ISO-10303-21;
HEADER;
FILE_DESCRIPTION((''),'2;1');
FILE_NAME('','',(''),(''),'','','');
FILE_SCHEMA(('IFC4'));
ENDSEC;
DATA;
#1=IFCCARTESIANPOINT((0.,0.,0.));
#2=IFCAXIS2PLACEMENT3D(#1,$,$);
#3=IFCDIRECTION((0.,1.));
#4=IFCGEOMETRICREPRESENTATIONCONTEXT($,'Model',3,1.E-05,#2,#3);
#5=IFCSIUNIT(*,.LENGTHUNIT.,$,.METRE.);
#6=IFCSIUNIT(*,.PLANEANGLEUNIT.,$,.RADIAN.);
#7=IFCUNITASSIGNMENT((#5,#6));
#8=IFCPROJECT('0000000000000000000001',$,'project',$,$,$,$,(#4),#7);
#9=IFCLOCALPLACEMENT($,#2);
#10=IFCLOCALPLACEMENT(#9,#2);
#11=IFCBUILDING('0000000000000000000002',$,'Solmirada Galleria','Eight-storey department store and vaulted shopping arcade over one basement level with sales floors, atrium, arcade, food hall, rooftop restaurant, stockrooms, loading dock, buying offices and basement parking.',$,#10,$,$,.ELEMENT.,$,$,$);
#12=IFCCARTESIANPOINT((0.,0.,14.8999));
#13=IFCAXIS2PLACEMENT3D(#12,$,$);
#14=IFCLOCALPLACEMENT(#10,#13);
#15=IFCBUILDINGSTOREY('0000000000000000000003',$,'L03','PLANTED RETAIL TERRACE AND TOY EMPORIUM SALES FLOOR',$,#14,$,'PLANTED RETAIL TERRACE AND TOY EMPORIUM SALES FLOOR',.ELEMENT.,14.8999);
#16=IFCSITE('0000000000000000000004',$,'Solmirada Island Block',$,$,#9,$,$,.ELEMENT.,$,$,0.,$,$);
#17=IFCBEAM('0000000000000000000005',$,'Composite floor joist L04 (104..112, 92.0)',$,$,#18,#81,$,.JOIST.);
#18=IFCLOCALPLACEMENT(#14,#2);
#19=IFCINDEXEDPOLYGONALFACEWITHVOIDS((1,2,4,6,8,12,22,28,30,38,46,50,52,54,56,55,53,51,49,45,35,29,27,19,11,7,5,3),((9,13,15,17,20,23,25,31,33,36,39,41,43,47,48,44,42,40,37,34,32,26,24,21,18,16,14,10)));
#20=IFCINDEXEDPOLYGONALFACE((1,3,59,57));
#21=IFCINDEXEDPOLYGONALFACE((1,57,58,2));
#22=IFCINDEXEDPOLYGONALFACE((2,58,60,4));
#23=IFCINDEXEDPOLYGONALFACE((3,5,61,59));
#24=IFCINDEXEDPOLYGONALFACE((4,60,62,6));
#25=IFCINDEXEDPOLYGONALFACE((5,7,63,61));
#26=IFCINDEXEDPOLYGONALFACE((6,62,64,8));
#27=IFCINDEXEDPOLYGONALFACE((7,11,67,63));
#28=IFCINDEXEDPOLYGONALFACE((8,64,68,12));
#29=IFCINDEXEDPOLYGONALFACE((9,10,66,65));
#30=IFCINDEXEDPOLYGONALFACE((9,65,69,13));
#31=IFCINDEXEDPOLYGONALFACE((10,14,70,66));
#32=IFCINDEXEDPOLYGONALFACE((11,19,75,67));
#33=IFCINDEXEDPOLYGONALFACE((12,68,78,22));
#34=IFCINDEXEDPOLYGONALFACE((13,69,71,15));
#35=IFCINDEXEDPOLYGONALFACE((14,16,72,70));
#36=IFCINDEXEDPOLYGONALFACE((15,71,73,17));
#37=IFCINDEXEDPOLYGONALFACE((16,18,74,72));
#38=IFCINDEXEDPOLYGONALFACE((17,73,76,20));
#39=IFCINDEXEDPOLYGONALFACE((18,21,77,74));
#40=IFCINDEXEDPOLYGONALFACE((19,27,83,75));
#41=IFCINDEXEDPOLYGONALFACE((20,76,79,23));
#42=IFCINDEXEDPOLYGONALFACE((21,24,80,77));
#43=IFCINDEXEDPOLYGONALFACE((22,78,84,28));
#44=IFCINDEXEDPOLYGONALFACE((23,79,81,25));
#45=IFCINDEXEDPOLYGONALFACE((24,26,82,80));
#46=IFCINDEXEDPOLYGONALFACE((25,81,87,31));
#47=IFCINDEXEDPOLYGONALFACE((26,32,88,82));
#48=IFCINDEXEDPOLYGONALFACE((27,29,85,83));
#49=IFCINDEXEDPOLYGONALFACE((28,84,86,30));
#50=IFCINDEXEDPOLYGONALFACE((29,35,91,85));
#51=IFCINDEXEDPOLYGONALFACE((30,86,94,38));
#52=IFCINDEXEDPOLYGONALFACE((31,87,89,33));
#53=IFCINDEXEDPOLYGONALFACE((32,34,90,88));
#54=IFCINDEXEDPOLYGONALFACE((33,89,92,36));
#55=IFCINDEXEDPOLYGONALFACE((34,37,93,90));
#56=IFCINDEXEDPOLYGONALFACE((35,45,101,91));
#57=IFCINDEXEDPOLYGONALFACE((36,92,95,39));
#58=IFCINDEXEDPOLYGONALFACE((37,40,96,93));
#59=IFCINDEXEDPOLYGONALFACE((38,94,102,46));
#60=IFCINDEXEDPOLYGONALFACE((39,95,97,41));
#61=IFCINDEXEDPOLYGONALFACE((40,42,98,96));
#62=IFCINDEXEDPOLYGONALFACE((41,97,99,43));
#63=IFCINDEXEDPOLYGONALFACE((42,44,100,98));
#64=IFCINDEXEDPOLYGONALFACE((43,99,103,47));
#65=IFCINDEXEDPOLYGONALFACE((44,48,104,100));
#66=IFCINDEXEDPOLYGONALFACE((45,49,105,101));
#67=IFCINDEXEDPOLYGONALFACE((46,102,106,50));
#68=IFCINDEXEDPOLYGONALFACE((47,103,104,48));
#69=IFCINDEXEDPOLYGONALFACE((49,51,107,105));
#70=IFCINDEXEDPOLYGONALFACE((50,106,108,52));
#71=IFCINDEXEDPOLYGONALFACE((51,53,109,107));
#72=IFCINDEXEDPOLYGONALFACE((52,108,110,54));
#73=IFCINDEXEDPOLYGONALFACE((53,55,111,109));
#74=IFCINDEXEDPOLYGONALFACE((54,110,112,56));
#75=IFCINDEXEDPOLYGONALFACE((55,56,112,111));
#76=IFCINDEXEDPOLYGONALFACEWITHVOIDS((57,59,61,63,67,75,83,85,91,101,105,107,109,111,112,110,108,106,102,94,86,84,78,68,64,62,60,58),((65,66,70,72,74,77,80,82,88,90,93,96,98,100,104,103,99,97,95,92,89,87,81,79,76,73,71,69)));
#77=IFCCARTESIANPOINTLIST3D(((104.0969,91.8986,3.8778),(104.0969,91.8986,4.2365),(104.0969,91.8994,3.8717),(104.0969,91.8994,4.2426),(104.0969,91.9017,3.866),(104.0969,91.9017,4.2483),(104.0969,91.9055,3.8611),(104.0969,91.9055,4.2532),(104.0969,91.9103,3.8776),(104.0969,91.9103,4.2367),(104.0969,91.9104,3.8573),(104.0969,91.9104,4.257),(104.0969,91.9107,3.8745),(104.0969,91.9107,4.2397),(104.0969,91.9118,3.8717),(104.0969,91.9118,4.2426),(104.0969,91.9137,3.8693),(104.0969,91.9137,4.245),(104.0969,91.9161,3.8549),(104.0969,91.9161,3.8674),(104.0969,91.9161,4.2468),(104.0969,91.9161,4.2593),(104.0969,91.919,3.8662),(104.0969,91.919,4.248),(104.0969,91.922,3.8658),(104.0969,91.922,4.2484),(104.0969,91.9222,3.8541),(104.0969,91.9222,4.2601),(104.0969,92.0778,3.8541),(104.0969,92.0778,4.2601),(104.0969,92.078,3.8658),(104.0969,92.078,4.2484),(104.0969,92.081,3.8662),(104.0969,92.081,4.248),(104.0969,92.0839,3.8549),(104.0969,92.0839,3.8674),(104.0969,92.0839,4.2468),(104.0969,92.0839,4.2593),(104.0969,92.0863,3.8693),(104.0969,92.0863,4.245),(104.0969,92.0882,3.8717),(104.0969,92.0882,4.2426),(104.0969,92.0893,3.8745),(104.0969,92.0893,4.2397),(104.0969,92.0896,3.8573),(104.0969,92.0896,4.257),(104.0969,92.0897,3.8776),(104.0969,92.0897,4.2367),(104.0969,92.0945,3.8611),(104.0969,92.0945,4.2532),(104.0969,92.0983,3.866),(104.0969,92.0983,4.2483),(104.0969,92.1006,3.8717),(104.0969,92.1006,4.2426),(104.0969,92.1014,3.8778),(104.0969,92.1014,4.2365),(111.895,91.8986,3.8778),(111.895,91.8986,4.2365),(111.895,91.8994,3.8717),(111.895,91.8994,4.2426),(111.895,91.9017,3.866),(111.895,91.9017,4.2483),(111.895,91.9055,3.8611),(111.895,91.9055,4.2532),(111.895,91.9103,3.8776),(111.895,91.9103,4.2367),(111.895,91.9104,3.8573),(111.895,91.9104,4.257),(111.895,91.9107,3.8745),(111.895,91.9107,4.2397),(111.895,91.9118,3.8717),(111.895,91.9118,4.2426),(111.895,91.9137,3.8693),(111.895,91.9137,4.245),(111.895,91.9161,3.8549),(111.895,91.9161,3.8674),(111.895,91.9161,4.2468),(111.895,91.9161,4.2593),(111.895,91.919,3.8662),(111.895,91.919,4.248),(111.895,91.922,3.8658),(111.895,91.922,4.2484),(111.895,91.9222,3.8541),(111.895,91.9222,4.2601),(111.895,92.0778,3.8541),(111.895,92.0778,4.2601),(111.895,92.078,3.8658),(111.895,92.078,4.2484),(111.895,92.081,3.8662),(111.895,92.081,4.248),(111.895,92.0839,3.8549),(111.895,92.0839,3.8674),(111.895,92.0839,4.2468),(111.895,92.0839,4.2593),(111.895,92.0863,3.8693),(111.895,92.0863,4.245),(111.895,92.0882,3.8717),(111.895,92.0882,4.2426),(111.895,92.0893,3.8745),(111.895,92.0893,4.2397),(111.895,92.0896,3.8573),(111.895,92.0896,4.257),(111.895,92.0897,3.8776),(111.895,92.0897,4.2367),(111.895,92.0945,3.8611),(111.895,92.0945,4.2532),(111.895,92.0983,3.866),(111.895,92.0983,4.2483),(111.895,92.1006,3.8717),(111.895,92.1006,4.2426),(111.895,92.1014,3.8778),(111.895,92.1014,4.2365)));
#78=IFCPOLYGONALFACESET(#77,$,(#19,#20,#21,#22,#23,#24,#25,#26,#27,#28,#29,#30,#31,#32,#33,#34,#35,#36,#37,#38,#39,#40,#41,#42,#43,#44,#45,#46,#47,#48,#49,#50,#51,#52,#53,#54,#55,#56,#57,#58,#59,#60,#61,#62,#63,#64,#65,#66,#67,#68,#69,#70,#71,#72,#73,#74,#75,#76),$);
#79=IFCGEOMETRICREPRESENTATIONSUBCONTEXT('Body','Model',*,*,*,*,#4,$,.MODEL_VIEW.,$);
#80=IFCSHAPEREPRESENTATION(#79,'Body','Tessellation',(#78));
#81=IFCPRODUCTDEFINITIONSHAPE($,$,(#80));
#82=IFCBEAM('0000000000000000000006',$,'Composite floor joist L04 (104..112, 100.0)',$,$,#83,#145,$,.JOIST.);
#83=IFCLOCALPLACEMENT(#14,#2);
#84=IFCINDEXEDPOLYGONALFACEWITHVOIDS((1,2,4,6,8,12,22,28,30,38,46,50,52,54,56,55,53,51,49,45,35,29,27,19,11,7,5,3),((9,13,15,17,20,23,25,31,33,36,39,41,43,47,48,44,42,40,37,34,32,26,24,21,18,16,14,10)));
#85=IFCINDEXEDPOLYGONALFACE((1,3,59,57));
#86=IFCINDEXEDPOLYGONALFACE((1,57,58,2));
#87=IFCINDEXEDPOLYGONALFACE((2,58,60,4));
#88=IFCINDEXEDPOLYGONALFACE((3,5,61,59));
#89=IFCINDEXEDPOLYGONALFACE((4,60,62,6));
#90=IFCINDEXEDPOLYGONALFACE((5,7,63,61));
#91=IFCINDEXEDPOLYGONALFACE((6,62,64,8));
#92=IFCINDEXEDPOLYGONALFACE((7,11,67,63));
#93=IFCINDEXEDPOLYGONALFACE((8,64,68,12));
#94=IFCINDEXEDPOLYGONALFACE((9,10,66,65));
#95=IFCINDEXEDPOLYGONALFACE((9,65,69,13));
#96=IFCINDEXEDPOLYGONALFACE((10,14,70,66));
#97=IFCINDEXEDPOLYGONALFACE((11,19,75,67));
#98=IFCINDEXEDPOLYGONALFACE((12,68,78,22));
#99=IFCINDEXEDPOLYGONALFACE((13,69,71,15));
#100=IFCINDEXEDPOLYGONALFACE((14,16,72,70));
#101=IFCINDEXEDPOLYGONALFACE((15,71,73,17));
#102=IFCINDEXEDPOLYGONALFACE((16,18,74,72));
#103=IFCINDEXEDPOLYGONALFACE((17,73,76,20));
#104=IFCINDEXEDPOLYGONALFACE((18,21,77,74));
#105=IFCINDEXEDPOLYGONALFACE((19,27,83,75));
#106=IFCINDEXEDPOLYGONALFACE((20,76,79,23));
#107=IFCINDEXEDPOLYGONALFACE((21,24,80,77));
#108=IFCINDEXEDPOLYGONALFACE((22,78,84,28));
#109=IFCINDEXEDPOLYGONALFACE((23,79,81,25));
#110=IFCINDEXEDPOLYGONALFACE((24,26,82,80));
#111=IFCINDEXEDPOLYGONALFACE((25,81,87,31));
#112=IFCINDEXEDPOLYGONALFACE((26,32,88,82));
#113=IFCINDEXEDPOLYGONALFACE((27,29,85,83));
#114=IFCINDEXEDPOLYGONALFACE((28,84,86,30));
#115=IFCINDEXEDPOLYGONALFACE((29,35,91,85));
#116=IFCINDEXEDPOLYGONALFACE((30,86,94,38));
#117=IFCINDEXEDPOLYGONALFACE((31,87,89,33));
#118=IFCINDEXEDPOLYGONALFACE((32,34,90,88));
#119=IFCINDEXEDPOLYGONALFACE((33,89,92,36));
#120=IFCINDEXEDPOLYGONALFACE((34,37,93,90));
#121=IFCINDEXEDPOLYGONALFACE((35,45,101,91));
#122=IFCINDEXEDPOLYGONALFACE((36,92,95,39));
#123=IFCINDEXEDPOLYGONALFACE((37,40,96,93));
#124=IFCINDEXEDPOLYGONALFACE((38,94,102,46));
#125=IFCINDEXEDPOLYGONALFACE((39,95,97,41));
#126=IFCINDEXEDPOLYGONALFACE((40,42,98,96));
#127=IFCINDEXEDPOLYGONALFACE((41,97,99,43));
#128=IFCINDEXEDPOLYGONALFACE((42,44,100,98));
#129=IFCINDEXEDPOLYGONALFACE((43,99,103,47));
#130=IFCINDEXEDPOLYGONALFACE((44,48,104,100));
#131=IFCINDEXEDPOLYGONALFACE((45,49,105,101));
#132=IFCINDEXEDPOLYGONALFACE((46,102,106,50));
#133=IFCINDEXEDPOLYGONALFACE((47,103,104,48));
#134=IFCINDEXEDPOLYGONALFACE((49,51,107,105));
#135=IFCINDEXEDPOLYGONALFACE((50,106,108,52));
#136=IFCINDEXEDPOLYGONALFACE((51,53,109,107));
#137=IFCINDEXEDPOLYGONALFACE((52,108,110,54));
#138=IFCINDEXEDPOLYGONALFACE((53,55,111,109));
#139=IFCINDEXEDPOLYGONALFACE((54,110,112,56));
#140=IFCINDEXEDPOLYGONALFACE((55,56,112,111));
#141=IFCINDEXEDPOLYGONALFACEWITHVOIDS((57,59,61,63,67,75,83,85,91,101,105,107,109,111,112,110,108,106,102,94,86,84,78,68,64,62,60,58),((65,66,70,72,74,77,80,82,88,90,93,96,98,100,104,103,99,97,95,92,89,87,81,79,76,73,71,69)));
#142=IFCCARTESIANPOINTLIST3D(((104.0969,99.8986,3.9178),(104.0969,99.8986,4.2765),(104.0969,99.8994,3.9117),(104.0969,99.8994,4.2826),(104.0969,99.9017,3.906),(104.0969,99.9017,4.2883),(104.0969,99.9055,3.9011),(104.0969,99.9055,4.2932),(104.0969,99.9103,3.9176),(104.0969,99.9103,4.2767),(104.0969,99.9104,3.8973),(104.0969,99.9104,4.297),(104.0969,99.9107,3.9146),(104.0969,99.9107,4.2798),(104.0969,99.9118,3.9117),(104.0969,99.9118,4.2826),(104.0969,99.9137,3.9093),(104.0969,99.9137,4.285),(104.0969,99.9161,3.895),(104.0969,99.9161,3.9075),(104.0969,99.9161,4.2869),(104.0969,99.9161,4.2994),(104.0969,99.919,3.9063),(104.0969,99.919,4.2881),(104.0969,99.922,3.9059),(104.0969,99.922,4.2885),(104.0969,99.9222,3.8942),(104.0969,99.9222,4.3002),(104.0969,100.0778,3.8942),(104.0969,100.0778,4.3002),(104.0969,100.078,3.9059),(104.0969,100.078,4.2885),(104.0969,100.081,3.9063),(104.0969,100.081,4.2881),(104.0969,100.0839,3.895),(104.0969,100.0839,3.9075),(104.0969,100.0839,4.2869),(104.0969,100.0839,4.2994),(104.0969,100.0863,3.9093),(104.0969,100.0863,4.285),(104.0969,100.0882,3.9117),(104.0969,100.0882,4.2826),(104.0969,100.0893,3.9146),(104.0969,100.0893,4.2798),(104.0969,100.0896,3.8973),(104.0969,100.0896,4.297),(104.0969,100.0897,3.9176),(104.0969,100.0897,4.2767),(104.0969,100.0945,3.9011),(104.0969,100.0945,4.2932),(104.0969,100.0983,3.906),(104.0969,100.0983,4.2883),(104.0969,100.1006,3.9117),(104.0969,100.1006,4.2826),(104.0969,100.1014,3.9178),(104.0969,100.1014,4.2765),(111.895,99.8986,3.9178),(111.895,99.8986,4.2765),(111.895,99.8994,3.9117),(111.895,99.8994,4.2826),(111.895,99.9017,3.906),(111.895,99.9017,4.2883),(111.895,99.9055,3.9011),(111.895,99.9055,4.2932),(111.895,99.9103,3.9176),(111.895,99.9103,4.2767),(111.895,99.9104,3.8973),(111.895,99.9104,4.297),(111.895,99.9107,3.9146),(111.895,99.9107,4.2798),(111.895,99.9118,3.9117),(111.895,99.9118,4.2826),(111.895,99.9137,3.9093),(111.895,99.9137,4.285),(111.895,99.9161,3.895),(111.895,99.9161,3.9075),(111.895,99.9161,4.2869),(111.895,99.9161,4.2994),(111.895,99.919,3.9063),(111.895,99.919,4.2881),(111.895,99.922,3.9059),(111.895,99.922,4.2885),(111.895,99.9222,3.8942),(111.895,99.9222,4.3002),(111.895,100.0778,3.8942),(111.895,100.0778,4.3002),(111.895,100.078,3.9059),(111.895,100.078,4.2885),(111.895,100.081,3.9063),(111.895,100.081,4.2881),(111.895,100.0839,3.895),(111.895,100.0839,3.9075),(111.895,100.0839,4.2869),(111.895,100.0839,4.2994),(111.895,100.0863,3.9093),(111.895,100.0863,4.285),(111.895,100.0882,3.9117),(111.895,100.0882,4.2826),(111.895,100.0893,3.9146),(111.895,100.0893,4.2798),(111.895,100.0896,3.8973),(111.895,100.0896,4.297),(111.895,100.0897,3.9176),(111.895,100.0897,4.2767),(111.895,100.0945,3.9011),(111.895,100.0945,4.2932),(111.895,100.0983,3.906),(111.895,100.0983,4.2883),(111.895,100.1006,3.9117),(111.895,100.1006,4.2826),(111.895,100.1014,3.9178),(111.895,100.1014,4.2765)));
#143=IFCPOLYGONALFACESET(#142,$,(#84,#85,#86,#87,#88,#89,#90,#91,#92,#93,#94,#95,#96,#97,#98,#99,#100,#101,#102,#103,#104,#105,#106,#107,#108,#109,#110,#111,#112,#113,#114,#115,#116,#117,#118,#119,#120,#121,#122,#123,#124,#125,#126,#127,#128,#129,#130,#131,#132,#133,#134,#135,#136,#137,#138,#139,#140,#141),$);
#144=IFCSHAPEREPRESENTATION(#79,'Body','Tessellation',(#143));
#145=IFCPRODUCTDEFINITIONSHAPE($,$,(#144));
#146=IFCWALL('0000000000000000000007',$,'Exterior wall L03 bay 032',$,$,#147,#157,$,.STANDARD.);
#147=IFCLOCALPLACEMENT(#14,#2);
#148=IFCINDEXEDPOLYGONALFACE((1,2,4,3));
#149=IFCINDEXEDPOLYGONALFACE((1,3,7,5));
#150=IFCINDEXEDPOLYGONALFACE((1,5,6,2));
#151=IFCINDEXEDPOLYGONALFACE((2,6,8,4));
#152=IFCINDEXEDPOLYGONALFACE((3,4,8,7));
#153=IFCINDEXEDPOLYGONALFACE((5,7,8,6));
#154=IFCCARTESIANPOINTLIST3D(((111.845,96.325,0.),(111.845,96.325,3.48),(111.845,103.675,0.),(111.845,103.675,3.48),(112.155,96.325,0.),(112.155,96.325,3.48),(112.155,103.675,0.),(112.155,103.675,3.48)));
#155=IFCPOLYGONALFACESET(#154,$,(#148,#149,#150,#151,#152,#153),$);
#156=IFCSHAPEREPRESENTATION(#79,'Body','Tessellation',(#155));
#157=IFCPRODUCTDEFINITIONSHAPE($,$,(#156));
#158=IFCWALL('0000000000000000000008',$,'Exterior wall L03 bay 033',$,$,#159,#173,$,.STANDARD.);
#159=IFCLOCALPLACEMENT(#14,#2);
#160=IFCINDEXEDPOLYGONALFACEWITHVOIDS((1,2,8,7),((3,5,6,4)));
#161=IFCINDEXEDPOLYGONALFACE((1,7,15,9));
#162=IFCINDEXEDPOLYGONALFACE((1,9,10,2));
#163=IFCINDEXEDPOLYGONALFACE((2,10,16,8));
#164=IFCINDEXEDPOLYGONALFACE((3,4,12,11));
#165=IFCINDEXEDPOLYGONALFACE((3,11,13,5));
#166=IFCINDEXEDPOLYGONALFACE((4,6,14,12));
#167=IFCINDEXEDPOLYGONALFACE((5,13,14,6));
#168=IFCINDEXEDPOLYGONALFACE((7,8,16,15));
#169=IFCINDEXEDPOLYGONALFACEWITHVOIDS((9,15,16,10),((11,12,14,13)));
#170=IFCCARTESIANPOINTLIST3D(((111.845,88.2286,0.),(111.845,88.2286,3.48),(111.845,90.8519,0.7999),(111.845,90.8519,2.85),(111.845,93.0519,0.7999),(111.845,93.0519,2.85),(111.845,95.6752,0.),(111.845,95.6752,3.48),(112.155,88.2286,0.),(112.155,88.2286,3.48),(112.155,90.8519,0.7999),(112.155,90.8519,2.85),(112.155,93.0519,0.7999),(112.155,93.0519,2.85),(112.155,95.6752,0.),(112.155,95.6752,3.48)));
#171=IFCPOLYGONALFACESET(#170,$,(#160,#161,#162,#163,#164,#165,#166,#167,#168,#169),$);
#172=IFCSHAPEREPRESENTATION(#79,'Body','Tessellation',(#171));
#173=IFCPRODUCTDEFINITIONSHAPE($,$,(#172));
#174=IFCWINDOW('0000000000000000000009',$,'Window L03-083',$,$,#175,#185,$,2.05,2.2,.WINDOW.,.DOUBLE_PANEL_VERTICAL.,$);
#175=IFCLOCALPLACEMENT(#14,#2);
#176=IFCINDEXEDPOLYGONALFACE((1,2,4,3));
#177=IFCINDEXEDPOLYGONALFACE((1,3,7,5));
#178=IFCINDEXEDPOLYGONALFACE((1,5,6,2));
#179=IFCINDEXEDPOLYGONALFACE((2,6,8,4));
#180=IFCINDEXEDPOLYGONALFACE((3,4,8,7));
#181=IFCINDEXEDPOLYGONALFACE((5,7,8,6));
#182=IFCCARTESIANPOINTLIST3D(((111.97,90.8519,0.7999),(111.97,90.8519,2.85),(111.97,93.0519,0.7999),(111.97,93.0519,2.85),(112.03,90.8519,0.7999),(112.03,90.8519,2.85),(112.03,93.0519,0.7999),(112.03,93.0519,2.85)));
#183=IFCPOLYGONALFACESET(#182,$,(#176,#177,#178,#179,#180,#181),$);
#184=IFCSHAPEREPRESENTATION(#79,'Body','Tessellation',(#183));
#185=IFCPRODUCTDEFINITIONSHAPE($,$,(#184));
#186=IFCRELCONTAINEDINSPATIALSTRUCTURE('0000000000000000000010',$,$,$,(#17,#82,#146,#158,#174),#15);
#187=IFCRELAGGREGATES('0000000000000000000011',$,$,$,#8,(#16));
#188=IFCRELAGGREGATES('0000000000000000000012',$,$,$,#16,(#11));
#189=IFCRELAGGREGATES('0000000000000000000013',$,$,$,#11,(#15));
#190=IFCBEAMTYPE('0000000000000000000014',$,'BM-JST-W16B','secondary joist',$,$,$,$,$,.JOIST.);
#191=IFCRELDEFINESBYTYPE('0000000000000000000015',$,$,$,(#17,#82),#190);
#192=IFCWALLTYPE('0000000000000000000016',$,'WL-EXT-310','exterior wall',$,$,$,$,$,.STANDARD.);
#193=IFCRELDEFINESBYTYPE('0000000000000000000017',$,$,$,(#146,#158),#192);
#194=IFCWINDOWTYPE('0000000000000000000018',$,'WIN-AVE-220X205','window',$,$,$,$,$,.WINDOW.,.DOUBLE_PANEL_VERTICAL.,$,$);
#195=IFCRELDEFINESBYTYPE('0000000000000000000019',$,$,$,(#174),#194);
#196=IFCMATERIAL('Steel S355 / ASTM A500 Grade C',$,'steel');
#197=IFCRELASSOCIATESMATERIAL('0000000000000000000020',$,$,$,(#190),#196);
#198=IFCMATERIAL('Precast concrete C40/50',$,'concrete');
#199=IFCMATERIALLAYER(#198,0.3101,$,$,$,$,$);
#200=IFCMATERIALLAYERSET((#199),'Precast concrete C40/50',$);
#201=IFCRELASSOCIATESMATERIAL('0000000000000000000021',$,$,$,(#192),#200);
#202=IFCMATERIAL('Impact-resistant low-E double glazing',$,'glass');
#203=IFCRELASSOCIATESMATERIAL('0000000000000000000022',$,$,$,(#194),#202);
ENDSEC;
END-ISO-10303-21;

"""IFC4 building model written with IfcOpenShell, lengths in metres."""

from ifc_helpers import new_model, si_unit, direction, frame, frame_2d, origin, origin_2d, place, context, subcontext, project, spatial, rectangle, hollow_rectangle, extrude, material, layer, layer_set, material_profile, profile_set, type_object, element, fill, save


model = new_model("IFC4")

# Units and contexts
model_context = context("Model", 3, precision=1e-05, world=origin(), true_north=direction((0.0, 1.0)))
body_context = subcontext(model_context, "Body", "Model", "MODEL_VIEW")
ifc_project = project(units=[si_unit("LENGTHUNIT", "METRE"), si_unit("PLANEANGLEUNIT", "RADIAN")], contexts=[model_context])

# Site, building, storey
site_placement = place(None, origin())
site = spatial("IfcSite", under=ifc_project, at=site_placement, Name="Solmirada Island Block", CompositionType="ELEMENT", RefElevation=0.0)
building_placement = place(site_placement, origin())
building = spatial("IfcBuilding", under=site, at=building_placement, Name="Solmirada Galleria", Description="Eight-storey department store and vaulted shopping arcade over one basement level with sales floors, atrium, arcade, food hall, rooftop restaurant, stockrooms, loading dock, buying offices and basement parking.", CompositionType="ELEMENT")
storey_placement = place(building_placement, frame((0.0, 0.0, 14.8999)))
storey = spatial("IfcBuildingStorey", under=building, at=storey_placement, Name="L03", Description="PLANTED RETAIL TERRACE AND TOY EMPORIUM SALES FLOOR", LongName="PLANTED RETAIL TERRACE AND TOY EMPORIUM SALES FLOOR", CompositionType="ELEMENT", Elevation=14.8999)

# Shared definitions
ifc_material_1 = material(Name="Steel S355 / ASTM A500 Grade C", Category="steel")

# Beams
ifc_material_profile_1 = material_profile(ifc_material_1, hollow_rectangle(XDim=0.2029, YDim=0.406, WallThickness=0.0117, InnerFilletRadius=0.0117, OuterFilletRadius=0.0237, at=origin_2d()), Name="HSS16X8X1/2")
ifc_profile_set_1 = profile_set([ifc_material_profile_1], Name="Steel S355 / ASTM A500 Grade C")
beam_type_1 = type_object("IfcBeamType", Name="BM-JST-W16B", Description="secondary joist", PredefinedType="JOIST", material=ifc_profile_set_1)
for number, where, z_axis, x_axis, name in (
    (1, (104.0969, 92.0, 4.0571), (1.0, 0.0, 0.0), (0.0, 1.0, 0.0), "Composite floor joist L04 (104..112, 92.0)"),
    (2, (104.0969, 100.0, 4.0972), (1.0, 0.0, 0.0), (0.0, 1.0, 0.0), "Composite floor joist L04 (104..112, 100.0)"),
):
    element("IfcBeam", number, at=place(storey_placement, frame(where, z_axis=z_axis, x_axis=x_axis)), inside=storey, type_object=beam_type_1, Name=name, PredefinedType="JOIST", context=body_context, shape_type="SweptSolid", body=[
        extrude(hollow_rectangle(XDim=0.2029, YDim=0.406, WallThickness=0.0117, InnerFilletRadius=0.0117, OuterFilletRadius=0.0237, at=origin_2d()), origin(), (0.0, 0.0, 1.0), 7.7981),
    ])

# Wall
ifc_material_2 = material(Name="Precast concrete C40/50", Category="concrete")
ifc_layer_1 = layer(ifc_material_2, 0.3101)
ifc_layer_set_1 = layer_set([ifc_layer_1], Name="Precast concrete C40/50")
wall_type = type_object("IfcWallType", Name="WL-EXT-310", Description="exterior wall", PredefinedType="STANDARD", material=ifc_layer_set_1)
wall_1_placement = place(storey_placement, frame((112.0, 103.675, 0.0), z_axis=(0.0, 0.0, 1.0), x_axis=(0.0, -1.0, 0.0)))
element("IfcWall", 3, at=wall_1_placement, inside=storey, type_object=wall_type, Name="Exterior wall L03 bay 032", PredefinedType="STANDARD", context=body_context, shape_type="SweptSolid", body=[
    extrude(rectangle(XDim=7.3501, YDim=0.3101, at=frame_2d((3.675, 0.0))), origin(), (0.0, 0.0, 1.0), 3.48),
])

# Wall, opening, window
wall_2_placement = place(storey_placement, frame((112.0, 95.675, 0.0), z_axis=(0.0, 0.0, 1.0), x_axis=(0.0, -1.0, 0.0)))
wall_2 = element("IfcWall", 4, at=wall_2_placement, inside=storey, type_object=wall_type, Name="Exterior wall L03 bay 033", PredefinedType="STANDARD", context=body_context, shape_type="SweptSolid", body=[
    extrude(rectangle(XDim=7.4465, YDim=0.3101, at=frame_2d((3.7231, 0.0))), origin(), (0.0, 0.0, 1.0), 3.48),
])
opening_1_placement = place(wall_2_placement, frame((2.623, 0.0, 0.8)))
opening_1 = element("IfcOpeningElement", 5, at=opening_1_placement, cuts=wall_2, PredefinedType="OPENING", context=body_context, shape_type="SweptSolid", body=[
    extrude(rectangle(XDim=2.2, YDim=2.05, at=frame_2d((1.1001, 1.0249))), frame((0.0, 0.165, 0.0), z_axis=(0.0, -1.0, 0.0), x_axis=(1.0, 0.0, 0.0)), (0.0, 0.0, 1.0), 0.3301),
])
ifc_material_3 = material(Name="Impact-resistant low-E double glazing", Category="glass")
window_type_1 = type_object("IfcWindowType", Name="WIN-AVE-220X205", Description="window", PartitioningType="DOUBLE_PANEL_VERTICAL", PredefinedType="WINDOW", material=ifc_material_3)
window_1_placement = place(opening_1_placement, origin())
window_1 = element("IfcWindow", 6, at=window_1_placement, inside=storey, type_object=window_type_1, Name="Window L03-083", OverallHeight=2.05, OverallWidth=2.2, PartitioningType="DOUBLE_PANEL_VERTICAL", PredefinedType="WINDOW", context=body_context, shape_type="SweptSolid", body=[
    extrude(rectangle(XDim=2.2, YDim=2.05, at=frame_2d((1.1001, 1.0249))), frame((0.0, 0.03, 0.0), z_axis=(0.0, -1.0, 0.0), x_axis=(1.0, 0.0, 0.0)), (0.0, 0.0, 1.0), 0.0601),
])
fill(opening_1, window_1)

save(model, "model.ifc")
